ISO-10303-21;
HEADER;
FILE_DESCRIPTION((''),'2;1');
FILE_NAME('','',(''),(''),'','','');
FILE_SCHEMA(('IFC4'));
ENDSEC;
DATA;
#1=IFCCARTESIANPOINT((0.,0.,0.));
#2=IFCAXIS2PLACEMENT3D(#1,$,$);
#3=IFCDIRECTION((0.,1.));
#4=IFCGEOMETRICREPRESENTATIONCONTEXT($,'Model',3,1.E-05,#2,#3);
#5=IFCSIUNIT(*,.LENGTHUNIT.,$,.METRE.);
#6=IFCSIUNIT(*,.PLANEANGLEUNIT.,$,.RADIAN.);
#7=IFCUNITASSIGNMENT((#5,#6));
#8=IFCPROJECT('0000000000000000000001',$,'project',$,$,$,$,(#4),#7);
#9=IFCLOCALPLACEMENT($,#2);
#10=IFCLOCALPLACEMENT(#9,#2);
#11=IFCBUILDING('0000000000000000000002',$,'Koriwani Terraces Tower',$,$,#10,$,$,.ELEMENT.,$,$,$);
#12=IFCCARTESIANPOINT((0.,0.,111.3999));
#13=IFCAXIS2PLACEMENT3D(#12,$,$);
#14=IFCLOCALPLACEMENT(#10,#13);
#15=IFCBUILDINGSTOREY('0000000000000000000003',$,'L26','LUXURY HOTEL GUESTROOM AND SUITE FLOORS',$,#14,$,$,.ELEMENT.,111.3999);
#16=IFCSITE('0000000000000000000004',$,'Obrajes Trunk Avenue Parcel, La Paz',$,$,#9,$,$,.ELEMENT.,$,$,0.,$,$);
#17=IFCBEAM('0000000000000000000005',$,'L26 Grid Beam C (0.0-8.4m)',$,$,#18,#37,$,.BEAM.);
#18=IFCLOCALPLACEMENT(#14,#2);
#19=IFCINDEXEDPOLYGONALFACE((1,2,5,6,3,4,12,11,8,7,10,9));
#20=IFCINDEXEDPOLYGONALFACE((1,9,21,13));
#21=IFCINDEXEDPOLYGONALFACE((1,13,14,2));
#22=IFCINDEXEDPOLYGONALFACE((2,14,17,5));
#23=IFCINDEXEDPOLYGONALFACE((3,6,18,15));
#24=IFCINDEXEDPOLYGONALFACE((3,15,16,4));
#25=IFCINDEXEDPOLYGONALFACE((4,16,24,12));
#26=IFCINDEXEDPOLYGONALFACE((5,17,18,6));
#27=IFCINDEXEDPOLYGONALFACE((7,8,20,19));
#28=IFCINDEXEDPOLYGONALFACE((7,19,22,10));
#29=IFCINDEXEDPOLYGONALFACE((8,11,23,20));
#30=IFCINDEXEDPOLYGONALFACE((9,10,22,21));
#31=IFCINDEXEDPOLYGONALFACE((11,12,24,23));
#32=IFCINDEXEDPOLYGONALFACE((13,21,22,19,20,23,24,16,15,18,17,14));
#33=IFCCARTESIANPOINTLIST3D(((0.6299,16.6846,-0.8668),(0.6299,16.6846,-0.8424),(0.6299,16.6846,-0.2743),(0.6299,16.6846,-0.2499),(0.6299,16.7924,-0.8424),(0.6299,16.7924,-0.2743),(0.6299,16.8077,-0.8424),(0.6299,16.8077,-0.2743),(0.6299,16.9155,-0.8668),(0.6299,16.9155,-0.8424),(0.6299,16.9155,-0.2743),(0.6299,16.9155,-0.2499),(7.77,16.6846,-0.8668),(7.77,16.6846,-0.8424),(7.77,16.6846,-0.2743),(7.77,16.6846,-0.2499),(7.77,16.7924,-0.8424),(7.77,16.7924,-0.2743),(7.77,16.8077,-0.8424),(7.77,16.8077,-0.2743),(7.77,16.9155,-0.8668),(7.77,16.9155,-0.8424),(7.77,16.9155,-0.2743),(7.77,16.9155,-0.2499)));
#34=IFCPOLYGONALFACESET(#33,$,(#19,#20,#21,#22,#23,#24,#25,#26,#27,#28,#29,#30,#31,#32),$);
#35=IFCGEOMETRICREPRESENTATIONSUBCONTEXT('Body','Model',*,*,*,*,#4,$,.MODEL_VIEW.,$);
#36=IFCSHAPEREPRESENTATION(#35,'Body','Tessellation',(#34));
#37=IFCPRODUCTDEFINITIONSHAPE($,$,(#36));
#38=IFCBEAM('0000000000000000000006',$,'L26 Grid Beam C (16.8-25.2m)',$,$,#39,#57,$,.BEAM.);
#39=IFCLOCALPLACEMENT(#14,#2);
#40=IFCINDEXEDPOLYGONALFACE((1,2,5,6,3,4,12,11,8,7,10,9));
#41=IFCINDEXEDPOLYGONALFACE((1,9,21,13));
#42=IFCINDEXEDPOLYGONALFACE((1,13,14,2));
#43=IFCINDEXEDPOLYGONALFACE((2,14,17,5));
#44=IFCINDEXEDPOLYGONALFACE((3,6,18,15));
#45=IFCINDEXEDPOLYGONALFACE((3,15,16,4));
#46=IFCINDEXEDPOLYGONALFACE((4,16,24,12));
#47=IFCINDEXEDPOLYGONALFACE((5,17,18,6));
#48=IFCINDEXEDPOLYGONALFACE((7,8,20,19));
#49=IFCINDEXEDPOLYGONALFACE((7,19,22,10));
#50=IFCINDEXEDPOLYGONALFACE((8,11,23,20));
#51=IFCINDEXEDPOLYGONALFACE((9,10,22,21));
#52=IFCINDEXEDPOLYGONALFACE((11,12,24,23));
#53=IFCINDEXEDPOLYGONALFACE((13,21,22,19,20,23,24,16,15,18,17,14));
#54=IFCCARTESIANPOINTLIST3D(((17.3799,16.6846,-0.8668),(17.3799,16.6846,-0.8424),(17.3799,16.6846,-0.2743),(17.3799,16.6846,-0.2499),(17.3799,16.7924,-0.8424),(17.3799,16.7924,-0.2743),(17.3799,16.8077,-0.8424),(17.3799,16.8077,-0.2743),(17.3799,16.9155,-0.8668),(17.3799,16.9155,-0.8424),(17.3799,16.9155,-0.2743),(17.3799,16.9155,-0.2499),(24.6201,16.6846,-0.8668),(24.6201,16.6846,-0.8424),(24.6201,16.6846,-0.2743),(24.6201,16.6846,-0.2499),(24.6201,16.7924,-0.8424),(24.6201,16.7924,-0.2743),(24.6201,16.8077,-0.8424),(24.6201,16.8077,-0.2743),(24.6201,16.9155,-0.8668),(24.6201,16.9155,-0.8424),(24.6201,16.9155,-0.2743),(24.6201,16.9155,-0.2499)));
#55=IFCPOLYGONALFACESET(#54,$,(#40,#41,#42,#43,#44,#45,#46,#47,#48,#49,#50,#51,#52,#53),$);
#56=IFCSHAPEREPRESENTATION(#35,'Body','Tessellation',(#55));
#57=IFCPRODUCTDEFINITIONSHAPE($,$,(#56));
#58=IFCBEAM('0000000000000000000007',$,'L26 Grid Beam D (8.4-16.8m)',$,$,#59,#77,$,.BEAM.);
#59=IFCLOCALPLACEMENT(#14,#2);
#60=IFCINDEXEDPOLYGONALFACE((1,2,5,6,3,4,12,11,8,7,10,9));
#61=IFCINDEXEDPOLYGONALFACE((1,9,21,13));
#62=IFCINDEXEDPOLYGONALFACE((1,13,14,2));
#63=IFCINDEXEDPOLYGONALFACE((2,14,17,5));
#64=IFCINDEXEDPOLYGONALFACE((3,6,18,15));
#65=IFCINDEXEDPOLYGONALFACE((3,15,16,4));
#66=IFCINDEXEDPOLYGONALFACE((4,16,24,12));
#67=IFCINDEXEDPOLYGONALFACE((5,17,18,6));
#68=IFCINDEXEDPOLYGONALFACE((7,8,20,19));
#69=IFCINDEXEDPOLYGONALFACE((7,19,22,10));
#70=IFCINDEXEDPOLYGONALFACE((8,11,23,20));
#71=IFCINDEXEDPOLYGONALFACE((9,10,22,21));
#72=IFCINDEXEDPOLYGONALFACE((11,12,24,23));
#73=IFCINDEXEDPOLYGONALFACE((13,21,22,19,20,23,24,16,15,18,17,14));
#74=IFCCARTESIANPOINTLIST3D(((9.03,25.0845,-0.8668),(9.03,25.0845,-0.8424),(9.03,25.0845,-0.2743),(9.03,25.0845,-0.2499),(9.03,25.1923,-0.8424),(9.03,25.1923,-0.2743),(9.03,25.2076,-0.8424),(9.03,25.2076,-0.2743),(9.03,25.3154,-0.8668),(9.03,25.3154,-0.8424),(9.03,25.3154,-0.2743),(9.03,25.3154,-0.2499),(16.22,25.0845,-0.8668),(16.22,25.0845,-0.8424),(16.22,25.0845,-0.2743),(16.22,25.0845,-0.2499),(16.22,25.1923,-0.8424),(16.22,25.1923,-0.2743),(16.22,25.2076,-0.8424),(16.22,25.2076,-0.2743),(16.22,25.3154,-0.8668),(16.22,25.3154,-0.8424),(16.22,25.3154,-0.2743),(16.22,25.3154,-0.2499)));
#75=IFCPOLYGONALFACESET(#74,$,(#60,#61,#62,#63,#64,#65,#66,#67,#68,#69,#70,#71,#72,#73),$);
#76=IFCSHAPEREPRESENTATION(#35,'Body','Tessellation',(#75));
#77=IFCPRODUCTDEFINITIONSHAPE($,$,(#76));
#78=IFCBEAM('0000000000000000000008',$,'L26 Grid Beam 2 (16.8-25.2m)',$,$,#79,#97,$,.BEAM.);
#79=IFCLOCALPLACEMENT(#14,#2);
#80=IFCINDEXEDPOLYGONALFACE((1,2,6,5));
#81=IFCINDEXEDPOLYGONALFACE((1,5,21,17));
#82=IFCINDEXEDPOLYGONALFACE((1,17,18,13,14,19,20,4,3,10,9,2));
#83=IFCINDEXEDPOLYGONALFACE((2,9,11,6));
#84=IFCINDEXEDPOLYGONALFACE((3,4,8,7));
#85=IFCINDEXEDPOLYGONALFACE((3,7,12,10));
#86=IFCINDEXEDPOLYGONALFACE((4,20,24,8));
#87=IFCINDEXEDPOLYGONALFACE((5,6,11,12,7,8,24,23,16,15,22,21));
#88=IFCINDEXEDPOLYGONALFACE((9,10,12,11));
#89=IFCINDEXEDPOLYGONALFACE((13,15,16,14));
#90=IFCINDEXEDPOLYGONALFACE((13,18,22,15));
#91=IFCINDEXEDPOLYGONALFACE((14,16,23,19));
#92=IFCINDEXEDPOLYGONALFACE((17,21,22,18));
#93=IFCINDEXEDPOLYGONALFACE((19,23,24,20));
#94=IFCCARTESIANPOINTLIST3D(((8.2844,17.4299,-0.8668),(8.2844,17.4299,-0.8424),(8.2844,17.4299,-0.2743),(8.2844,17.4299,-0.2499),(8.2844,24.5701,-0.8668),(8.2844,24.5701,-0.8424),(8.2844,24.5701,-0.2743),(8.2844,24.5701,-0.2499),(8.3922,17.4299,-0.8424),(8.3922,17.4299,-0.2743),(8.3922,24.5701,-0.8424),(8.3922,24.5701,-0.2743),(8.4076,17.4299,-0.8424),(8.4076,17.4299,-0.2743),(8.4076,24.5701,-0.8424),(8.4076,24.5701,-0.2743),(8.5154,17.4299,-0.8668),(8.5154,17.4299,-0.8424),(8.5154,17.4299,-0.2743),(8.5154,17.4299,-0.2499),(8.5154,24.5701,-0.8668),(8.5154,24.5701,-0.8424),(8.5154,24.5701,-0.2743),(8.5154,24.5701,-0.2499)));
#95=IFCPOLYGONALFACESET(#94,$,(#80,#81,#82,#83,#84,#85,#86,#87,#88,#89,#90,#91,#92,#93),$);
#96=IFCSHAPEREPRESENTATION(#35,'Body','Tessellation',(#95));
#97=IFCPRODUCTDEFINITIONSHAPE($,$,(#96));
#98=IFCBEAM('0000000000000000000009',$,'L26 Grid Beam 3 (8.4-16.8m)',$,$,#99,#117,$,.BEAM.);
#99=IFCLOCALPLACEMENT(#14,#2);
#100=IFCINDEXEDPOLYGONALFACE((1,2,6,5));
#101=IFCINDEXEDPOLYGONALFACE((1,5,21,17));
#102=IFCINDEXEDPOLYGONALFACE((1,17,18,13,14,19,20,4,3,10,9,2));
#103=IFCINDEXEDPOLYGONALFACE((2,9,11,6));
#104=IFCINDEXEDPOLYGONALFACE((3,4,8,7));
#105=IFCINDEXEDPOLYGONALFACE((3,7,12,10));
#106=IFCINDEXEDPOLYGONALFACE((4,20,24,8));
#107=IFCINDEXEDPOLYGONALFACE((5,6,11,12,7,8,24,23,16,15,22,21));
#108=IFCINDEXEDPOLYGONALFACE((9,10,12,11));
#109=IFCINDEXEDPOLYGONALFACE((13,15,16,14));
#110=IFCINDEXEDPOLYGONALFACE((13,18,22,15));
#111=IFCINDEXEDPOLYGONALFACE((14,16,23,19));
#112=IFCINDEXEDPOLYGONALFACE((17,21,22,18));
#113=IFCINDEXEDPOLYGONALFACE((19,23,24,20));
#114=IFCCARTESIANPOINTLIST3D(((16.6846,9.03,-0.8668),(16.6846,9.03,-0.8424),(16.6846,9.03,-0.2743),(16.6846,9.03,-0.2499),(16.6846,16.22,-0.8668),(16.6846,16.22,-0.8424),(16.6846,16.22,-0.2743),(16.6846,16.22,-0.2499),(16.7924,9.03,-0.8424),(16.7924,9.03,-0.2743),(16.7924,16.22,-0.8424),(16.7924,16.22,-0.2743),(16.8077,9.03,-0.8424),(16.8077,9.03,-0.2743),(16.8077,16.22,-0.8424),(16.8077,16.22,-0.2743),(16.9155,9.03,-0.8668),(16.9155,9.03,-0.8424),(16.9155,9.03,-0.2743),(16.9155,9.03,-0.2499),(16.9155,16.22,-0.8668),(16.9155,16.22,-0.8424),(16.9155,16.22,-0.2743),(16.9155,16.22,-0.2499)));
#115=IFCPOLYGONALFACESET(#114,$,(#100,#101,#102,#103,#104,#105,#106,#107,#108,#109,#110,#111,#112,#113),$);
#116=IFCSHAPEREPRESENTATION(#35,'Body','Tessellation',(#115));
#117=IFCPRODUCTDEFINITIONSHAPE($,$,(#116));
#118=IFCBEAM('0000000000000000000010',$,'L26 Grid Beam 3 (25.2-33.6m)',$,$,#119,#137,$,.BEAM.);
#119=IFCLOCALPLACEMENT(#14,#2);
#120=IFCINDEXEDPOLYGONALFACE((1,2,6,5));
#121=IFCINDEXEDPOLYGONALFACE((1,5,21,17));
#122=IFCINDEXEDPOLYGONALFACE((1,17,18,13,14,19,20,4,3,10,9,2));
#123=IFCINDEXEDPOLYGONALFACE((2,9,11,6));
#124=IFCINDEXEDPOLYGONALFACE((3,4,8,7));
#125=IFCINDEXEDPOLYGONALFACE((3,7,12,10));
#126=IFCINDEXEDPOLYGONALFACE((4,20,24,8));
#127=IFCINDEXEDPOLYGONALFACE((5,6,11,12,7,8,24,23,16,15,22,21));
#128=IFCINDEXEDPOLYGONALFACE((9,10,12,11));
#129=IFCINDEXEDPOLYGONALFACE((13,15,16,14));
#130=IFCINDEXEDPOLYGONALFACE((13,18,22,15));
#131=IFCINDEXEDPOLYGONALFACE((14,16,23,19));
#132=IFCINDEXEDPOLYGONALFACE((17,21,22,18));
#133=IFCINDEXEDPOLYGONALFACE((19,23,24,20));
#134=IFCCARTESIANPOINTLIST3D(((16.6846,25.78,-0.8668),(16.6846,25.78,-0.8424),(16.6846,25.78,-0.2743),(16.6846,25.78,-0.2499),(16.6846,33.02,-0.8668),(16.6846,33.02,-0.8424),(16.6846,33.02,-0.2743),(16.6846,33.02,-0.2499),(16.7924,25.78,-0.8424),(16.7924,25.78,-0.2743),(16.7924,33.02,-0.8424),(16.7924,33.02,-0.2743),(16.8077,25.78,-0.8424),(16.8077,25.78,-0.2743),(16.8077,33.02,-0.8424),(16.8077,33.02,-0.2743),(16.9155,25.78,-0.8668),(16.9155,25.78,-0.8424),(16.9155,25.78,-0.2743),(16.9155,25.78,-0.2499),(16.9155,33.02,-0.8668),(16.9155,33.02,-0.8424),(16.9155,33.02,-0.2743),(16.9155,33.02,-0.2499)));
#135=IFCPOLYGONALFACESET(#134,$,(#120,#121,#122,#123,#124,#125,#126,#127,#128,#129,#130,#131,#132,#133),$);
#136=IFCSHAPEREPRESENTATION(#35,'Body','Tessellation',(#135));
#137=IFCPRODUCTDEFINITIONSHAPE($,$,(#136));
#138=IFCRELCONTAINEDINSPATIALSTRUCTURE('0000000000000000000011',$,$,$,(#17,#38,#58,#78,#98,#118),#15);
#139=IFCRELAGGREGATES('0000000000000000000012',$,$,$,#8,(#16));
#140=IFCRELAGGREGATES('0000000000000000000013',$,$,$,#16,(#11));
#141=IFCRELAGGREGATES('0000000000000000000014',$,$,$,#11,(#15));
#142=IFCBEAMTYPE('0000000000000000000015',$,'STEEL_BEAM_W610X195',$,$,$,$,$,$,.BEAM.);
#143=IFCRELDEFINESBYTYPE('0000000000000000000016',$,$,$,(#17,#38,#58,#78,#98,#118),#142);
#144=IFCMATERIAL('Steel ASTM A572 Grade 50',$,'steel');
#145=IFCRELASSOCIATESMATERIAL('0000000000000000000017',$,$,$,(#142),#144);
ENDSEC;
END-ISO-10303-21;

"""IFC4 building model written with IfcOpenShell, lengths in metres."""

from ifc_helpers import new_model, si_unit, direction, frame, origin, origin_2d, place, context, subcontext, project, spatial, i_section, extrude, material, material_profile, profile_set, type_object, element, save


model = new_model("IFC4")

# Units and contexts
model_context = context("Model", 3, precision=1e-05, world=origin(), true_north=direction((0.0, 1.0)))
body_context = subcontext(model_context, "Body", "Model", "MODEL_VIEW")
ifc_project = project(units=[si_unit("LENGTHUNIT", "METRE"), si_unit("PLANEANGLEUNIT", "RADIAN")], contexts=[model_context])

# Site, building, storey
site_placement = place(None, origin())
site = spatial("IfcSite", under=ifc_project, at=site_placement, Name="Obrajes Trunk Avenue Parcel, La Paz", CompositionType="ELEMENT", RefElevation=0.0)
building_placement = place(site_placement, origin())
building = spatial("IfcBuilding", under=site, at=building_placement, Name="Koriwani Terraces Tower", CompositionType="ELEMENT")
storey_placement = place(building_placement, frame((0.0, 0.0, 111.3999)))
storey = spatial("IfcBuildingStorey", under=building, at=storey_placement, Name="L26", Description="LUXURY HOTEL GUESTROOM AND SUITE FLOORS", CompositionType="ELEMENT", Elevation=111.3999)

# Beams
ifc_material_1 = material(Name="Steel ASTM A572 Grade 50", Category="steel")
ifc_material_profile_1 = material_profile(ifc_material_1, i_section(OverallWidth=0.231, OverallDepth=0.6169, WebThickness=0.0154, FlangeThickness=0.0244, at=origin_2d()), Name="Steel ASTM A572 Grade 50", Category="LoadBearing")
ifc_profile_set_1 = profile_set([ifc_material_profile_1], Name="Steel ASTM A572 Grade 50")
beam_type_1 = type_object("IfcBeamType", Name="STEEL_BEAM_W610X195", PredefinedType="BEAM", material=ifc_profile_set_1)
beam_1_placement = place(storey_placement, frame((0.6299, 16.8, -0.5583), z_axis=(1.0, 0.0, 0.0), x_axis=(0.0, 1.0, 0.0)))
element("IfcBeam", 1, at=beam_1_placement, inside=storey, type_object=beam_type_1, Name="L26 Grid Beam C (0.0-8.4m)", PredefinedType="BEAM", context=body_context, shape_type="SweptSolid", body=[
    extrude(i_section(OverallWidth=0.231, OverallDepth=0.6169, WebThickness=0.0154, FlangeThickness=0.0244, at=origin_2d()), origin(), (0.0, 0.0, 1.0), 7.1401),
])
beam_2_placement = place(storey_placement, frame((17.3799, 16.8, -0.5583), z_axis=(1.0, 0.0, 0.0), x_axis=(0.0, 1.0, 0.0)))
element("IfcBeam", 2, at=beam_2_placement, inside=storey, type_object=beam_type_1, Name="L26 Grid Beam C (16.8-25.2m)", PredefinedType="BEAM", context=body_context, shape_type="SweptSolid", body=[
    extrude(i_section(OverallWidth=0.231, OverallDepth=0.6169, WebThickness=0.0154, FlangeThickness=0.0244, at=origin_2d()), origin(), (0.0, 0.0, 1.0), 7.2402),
])
beam_3_placement = place(storey_placement, frame((9.03, 25.2, -0.5583), z_axis=(1.0, 0.0, 0.0), x_axis=(0.0, 1.0, 0.0)))
element("IfcBeam", 3, at=beam_3_placement, inside=storey, type_object=beam_type_1, Name="L26 Grid Beam D (8.4-16.8m)", PredefinedType="BEAM", context=body_context, shape_type="SweptSolid", body=[
    extrude(i_section(OverallWidth=0.231, OverallDepth=0.6169, WebThickness=0.0154, FlangeThickness=0.0244, at=origin_2d()), origin(), (0.0, 0.0, 1.0), 7.1899),
])
beam_4_placement = place(storey_placement, frame((8.3999, 17.4299, -0.5583), z_axis=(0.0, 1.0, 0.0), x_axis=(-1.0, 0.0, 0.0)))
element("IfcBeam", 4, at=beam_4_placement, inside=storey, type_object=beam_type_1, Name="L26 Grid Beam 2 (16.8-25.2m)", PredefinedType="BEAM", context=body_context, shape_type="SweptSolid", body=[
    extrude(i_section(OverallWidth=0.231, OverallDepth=0.6169, WebThickness=0.0154, FlangeThickness=0.0244, at=origin_2d()), origin(), (0.0, 0.0, 1.0), 7.1401),
])
beam_5_placement = place(storey_placement, frame((16.8, 9.03, -0.5583), z_axis=(0.0, 1.0, 0.0), x_axis=(-1.0, 0.0, 0.0)))
element("IfcBeam", 5, at=beam_5_placement, inside=storey, type_object=beam_type_1, Name="L26 Grid Beam 3 (8.4-16.8m)", PredefinedType="BEAM", context=body_context, shape_type="SweptSolid", body=[
    extrude(i_section(OverallWidth=0.231, OverallDepth=0.6169, WebThickness=0.0154, FlangeThickness=0.0244, at=origin_2d()), origin(), (0.0, 0.0, 1.0), 7.1899),
])
beam_6_placement = place(storey_placement, frame((16.8, 25.78, -0.5583), z_axis=(0.0, 1.0, 0.0), x_axis=(-1.0, 0.0, 0.0)))
element("IfcBeam", 6, at=beam_6_placement, inside=storey, type_object=beam_type_1, Name="L26 Grid Beam 3 (25.2-33.6m)", PredefinedType="BEAM", context=body_context, shape_type="SweptSolid", body=[
    extrude(i_section(OverallWidth=0.231, OverallDepth=0.6169, WebThickness=0.0154, FlangeThickness=0.0244, at=origin_2d()), origin(), (0.0, 0.0, 1.0), 7.24),
])

save(model, "model.ifc")
